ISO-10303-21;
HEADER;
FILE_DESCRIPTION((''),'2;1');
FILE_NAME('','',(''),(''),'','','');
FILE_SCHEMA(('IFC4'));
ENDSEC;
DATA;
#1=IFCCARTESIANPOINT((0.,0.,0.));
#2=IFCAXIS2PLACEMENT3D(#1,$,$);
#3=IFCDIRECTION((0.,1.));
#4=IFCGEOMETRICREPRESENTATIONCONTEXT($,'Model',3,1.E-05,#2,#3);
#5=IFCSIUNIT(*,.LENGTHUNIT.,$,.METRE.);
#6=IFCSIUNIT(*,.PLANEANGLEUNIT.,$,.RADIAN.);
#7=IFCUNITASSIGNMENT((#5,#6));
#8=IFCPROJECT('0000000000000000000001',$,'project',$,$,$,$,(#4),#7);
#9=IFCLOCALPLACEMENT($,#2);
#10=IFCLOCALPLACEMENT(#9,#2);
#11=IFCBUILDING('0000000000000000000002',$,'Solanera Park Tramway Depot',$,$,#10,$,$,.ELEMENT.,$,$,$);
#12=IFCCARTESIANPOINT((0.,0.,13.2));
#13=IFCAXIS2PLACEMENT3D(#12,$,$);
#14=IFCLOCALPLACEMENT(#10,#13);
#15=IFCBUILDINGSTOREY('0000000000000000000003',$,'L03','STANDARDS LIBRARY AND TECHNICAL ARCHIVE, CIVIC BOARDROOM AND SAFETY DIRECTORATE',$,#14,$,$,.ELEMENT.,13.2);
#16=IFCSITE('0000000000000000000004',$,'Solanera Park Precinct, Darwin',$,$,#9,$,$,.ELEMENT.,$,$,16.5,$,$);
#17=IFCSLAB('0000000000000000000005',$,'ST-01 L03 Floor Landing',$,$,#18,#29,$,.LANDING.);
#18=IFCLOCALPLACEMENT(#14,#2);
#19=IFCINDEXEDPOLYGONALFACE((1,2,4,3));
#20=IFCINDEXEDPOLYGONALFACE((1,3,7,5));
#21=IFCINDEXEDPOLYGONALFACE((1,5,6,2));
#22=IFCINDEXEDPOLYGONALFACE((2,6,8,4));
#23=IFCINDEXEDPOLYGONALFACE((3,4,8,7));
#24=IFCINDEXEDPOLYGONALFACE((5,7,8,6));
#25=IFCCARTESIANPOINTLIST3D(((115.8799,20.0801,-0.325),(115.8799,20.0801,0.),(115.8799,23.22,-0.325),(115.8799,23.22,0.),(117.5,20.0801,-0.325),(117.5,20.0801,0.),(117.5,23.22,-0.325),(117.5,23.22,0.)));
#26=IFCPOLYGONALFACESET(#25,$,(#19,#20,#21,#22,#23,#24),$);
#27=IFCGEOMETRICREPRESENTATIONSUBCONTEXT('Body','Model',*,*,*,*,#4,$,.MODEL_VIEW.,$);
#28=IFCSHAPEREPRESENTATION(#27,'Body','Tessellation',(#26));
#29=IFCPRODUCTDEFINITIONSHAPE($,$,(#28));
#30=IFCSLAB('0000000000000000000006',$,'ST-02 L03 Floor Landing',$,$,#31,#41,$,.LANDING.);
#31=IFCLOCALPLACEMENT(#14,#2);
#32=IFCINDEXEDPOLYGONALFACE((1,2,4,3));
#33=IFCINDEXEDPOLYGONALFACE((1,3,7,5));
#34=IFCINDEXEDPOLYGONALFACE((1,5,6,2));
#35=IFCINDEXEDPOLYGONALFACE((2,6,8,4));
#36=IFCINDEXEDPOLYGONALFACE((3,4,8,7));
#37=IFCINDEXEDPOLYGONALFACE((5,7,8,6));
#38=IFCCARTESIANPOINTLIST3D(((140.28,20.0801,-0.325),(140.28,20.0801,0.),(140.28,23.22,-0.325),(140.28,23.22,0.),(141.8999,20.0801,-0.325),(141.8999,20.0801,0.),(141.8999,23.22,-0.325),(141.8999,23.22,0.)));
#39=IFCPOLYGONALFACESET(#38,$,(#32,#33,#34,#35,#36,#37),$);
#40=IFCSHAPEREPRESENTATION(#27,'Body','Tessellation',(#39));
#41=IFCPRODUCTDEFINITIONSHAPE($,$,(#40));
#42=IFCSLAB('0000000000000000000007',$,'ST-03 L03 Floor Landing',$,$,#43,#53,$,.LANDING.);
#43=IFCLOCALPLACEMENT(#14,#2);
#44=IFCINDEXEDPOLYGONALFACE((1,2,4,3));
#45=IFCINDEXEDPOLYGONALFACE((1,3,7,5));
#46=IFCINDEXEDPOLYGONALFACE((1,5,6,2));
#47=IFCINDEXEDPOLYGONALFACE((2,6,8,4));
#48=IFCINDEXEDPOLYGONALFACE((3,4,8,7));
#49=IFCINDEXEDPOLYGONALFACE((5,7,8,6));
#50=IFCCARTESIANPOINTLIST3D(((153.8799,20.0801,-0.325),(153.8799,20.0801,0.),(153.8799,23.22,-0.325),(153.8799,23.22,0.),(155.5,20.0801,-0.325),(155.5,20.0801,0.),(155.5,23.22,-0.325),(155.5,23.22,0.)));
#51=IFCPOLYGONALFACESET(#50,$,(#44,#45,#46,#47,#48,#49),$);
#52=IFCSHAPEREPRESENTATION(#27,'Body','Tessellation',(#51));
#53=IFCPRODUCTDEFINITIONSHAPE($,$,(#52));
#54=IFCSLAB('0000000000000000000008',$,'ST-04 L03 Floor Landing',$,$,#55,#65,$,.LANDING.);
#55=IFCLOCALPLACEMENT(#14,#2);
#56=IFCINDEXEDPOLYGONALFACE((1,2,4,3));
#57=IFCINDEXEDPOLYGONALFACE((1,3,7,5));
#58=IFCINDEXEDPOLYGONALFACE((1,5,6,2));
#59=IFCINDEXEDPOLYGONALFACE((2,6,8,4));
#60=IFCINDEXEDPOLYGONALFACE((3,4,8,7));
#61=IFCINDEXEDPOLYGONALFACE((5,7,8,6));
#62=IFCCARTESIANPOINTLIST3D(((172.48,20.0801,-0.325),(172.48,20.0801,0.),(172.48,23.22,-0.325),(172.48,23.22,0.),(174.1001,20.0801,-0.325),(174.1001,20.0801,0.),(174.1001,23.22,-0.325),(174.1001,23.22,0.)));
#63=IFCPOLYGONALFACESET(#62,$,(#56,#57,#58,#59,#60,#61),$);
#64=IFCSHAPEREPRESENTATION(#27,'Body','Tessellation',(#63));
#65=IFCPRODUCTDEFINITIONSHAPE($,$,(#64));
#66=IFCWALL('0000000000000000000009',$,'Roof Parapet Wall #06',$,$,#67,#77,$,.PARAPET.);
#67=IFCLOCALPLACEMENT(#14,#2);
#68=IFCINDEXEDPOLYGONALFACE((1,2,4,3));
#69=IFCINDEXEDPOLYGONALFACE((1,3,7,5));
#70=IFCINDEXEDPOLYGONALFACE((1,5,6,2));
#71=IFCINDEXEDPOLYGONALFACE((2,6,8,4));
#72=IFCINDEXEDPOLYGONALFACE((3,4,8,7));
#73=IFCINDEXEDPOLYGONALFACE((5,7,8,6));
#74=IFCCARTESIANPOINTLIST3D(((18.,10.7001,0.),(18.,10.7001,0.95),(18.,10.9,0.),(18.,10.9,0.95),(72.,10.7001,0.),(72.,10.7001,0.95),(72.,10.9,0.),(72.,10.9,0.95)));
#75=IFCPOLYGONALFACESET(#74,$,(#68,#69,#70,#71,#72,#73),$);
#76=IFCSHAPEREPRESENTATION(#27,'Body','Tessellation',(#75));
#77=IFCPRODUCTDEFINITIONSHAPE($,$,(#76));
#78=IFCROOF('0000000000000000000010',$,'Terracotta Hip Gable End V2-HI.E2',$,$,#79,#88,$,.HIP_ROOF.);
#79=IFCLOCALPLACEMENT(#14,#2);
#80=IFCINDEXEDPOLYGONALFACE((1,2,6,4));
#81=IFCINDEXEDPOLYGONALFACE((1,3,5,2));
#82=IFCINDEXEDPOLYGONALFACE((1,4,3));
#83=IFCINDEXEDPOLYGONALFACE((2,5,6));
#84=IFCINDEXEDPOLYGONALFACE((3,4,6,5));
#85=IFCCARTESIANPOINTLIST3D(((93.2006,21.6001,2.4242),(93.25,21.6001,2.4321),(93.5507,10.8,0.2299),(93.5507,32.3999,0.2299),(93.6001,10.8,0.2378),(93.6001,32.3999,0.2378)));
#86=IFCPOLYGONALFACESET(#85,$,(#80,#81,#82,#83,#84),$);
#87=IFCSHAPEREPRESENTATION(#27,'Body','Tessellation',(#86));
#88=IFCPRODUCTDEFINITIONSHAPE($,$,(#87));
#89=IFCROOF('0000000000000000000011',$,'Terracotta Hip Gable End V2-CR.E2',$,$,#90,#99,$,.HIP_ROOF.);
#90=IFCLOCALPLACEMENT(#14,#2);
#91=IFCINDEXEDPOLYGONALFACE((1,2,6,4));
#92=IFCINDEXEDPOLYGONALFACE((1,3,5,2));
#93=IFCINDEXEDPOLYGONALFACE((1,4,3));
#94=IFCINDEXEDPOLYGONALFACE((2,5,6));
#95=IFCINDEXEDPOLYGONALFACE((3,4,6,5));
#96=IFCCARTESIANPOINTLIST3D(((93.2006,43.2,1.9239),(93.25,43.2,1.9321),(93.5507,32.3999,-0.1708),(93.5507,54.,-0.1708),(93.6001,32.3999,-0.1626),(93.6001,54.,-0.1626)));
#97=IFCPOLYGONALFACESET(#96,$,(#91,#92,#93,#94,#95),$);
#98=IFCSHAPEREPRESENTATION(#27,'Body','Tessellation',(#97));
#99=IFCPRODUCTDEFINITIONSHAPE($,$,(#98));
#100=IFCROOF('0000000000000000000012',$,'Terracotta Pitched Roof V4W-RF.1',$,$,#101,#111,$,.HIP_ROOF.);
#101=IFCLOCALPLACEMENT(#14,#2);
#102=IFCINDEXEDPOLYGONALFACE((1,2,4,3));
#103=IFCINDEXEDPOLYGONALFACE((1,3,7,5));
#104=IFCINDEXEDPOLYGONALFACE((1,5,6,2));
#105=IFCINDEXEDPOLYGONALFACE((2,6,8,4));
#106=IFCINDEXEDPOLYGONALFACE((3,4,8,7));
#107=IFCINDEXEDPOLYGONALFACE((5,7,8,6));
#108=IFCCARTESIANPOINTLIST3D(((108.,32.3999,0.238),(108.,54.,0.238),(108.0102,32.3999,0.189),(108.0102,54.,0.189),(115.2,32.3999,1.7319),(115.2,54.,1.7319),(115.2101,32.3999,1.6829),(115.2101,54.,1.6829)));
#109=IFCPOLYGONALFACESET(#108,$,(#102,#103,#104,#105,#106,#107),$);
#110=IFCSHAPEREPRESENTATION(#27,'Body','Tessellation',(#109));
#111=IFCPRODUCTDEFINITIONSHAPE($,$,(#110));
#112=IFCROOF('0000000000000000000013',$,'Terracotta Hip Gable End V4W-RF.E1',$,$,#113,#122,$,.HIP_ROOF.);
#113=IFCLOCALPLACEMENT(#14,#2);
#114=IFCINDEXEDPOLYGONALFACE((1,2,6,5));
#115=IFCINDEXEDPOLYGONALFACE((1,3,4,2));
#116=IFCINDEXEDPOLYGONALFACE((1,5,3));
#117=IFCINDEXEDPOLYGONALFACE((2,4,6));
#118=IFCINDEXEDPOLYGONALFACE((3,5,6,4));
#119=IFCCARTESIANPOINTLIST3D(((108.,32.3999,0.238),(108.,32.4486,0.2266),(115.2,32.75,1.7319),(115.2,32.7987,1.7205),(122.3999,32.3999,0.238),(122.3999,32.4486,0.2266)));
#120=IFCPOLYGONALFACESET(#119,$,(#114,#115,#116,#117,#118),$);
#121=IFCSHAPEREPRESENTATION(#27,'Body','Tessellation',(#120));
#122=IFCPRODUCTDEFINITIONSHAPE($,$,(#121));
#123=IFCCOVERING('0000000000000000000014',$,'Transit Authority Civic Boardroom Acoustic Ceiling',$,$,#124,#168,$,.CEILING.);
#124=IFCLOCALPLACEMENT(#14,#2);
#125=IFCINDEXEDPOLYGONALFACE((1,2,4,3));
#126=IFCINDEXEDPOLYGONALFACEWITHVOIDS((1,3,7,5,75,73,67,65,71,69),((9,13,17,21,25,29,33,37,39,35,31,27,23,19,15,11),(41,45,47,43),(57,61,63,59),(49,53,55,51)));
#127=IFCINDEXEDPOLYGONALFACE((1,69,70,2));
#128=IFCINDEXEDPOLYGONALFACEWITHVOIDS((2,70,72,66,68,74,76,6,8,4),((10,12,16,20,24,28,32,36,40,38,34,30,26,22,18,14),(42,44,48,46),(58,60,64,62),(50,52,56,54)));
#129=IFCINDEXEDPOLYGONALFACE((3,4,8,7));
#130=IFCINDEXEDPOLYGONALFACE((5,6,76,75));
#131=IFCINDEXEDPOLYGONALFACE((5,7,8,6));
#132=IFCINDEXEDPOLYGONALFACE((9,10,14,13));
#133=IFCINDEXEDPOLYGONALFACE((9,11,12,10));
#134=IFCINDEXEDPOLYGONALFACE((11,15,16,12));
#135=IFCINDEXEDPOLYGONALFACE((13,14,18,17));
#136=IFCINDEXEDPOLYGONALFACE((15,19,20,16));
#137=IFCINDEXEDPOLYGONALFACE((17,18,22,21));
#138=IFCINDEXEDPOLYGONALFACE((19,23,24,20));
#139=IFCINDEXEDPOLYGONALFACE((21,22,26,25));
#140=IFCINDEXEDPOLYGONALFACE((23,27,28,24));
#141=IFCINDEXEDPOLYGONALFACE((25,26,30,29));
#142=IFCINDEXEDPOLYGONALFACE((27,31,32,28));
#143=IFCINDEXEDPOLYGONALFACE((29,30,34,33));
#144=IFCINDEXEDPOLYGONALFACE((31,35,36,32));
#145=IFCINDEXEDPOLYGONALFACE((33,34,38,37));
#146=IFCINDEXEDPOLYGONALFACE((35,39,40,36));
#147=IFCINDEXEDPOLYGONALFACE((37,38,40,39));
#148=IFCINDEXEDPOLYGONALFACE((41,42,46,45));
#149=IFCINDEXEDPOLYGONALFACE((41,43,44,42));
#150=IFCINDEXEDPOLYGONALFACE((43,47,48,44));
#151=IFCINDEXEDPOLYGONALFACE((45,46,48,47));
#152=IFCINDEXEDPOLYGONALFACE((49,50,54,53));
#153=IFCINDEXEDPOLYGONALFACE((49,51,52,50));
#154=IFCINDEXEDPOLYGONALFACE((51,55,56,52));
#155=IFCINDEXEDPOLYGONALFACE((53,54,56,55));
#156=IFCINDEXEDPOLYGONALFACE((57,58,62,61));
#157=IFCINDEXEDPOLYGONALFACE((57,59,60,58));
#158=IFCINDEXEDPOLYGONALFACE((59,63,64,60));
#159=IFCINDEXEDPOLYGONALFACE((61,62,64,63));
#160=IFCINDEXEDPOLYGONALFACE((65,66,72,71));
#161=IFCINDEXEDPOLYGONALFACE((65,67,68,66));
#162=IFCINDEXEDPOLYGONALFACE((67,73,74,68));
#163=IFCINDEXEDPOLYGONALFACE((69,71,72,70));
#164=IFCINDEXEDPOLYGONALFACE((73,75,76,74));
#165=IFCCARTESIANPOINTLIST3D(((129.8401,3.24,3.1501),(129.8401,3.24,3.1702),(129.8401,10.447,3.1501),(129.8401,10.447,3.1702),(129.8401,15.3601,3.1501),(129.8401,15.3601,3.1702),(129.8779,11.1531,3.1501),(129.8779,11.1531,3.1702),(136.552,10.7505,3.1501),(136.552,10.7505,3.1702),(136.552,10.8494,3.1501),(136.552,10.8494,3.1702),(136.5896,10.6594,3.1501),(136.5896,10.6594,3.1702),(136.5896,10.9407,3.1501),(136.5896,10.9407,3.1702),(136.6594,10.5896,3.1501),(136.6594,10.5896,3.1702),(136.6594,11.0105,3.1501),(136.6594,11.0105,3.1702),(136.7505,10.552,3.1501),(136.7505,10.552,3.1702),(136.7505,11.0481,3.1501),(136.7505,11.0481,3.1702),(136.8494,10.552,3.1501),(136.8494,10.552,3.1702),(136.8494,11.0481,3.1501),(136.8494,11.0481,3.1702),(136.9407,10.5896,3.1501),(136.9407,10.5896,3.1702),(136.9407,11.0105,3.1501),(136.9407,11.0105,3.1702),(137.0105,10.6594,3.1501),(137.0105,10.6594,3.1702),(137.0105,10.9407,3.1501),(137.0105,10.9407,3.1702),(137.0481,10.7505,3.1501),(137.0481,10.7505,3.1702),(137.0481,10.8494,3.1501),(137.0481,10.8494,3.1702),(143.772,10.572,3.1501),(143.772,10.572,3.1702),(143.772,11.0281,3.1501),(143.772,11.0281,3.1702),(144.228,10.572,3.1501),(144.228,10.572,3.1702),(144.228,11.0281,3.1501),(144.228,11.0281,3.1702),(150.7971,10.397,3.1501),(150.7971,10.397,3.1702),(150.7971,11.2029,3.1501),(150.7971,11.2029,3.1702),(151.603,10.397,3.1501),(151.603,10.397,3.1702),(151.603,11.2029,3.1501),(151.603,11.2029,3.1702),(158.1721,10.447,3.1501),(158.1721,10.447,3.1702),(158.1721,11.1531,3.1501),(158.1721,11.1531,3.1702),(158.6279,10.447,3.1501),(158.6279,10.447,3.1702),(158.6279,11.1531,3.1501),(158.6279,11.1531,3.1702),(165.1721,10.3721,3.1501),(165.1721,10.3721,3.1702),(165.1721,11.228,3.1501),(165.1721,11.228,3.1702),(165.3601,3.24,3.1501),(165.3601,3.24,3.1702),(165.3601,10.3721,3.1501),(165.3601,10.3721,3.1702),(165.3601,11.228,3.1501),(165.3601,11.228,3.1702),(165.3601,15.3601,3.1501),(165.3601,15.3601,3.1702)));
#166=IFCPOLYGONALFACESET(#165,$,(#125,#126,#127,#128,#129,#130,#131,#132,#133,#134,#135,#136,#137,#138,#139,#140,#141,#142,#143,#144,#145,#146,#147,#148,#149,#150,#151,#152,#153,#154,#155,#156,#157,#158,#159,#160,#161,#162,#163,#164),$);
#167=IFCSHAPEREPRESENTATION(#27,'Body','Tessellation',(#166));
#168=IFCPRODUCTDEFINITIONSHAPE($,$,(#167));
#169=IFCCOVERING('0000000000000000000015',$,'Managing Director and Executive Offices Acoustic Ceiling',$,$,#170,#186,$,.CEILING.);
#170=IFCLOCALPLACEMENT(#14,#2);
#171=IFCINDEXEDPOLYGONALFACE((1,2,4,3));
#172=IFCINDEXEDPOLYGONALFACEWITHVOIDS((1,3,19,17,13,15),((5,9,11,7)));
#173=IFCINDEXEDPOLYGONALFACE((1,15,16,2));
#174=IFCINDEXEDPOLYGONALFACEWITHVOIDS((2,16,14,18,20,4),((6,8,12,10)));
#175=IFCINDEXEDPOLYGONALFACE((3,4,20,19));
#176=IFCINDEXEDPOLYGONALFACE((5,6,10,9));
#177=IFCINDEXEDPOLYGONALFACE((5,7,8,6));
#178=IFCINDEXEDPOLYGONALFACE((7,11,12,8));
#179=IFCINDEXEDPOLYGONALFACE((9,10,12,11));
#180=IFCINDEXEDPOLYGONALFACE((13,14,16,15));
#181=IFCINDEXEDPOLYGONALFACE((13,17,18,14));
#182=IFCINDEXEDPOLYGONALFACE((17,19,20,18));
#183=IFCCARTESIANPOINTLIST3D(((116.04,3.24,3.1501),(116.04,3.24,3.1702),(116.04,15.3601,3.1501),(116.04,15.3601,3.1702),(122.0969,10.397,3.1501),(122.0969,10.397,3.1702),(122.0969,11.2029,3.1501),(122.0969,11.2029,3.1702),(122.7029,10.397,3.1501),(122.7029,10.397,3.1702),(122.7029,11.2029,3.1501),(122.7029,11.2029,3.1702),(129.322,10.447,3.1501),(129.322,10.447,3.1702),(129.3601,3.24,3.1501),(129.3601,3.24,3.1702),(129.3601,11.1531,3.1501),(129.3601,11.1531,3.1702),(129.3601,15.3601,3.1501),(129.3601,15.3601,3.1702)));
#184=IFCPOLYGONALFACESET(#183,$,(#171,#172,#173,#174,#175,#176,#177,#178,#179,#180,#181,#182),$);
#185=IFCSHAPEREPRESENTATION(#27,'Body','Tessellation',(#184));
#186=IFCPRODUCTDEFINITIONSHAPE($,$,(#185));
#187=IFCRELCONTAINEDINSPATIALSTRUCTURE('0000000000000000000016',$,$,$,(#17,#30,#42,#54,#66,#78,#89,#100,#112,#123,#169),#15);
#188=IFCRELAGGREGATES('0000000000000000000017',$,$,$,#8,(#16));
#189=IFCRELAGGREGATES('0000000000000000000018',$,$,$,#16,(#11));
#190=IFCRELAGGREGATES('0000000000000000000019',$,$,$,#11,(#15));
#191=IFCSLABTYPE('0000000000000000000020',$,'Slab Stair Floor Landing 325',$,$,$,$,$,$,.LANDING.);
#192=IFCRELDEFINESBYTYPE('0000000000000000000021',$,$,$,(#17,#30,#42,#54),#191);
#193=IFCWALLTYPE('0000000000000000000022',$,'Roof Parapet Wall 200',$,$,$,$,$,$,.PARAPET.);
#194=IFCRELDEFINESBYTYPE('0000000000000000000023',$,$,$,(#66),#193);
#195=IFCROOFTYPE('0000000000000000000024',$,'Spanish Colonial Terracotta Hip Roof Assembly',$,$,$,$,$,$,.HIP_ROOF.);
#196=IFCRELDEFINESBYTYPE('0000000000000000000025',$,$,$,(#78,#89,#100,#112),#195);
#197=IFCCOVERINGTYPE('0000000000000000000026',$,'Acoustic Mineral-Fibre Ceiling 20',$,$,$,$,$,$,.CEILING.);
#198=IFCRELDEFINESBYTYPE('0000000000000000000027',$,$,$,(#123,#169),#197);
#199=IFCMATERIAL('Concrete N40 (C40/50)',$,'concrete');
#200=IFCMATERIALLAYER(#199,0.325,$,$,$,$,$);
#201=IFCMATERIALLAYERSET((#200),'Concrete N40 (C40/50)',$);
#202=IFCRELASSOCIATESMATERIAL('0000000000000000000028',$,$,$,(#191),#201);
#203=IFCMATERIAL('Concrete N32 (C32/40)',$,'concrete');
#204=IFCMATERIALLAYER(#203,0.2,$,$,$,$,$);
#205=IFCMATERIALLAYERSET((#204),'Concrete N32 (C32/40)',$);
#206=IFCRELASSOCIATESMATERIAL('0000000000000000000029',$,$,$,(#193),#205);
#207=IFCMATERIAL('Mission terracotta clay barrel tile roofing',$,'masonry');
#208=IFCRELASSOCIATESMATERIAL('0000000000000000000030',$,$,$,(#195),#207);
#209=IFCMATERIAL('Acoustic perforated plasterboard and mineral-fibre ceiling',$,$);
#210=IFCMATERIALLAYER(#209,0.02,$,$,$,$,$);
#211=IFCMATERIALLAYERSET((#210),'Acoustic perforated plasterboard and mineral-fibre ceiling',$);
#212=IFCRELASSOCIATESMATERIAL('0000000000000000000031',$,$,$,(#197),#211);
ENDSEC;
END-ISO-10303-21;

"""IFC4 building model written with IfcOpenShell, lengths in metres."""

from ifc_helpers import new_model, si_unit, direction, frame, frame_2d, origin, place, context, subcontext, project, spatial, polyline, rectangle, outline, extrude, material, layer, layer_set, type_object, element, save


model = new_model("IFC4")

# Units and contexts
model_context = context("Model", 3, precision=1e-05, world=origin(), true_north=direction((0.0, 1.0)))
body_context = subcontext(model_context, "Body", "Model", "MODEL_VIEW")
ifc_project = project(units=[si_unit("LENGTHUNIT", "METRE"), si_unit("PLANEANGLEUNIT", "RADIAN")], contexts=[model_context])

# Site, building, storey
site_placement = place(None, origin())
site = spatial("IfcSite", under=ifc_project, at=site_placement, Name="Solanera Park Precinct, Darwin", CompositionType="ELEMENT", RefElevation=16.5)
building_placement = place(site_placement, origin())
building = spatial("IfcBuilding", under=site, at=building_placement, Name="Solanera Park Tramway Depot", CompositionType="ELEMENT")
storey_placement = place(building_placement, frame((0.0, 0.0, 13.2)))
storey = spatial("IfcBuildingStorey", under=building, at=storey_placement, Name="L03", Description="STANDARDS LIBRARY AND TECHNICAL ARCHIVE, CIVIC BOARDROOM AND SAFETY DIRECTORATE", CompositionType="ELEMENT", Elevation=13.2)

# Slabs
ifc_material_1 = material(Name="Concrete N40 (C40/50)", Category="concrete")
ifc_layer_1 = layer(ifc_material_1, 0.325)
ifc_layer_set_1 = layer_set([ifc_layer_1], Name="Concrete N40 (C40/50)")
slab_type_1 = type_object("IfcSlabType", Name="Slab Stair Floor Landing 325", PredefinedType="LANDING", material=ifc_layer_set_1)
slab_1_placement = place(storey_placement, frame((0.0, 0.0, -0.325)))
element("IfcSlab", 1, at=slab_1_placement, inside=storey, type_object=slab_type_1, Name="ST-01 L03 Floor Landing", PredefinedType="LANDING", context=body_context, shape_type="SweptSolid", body=[
    extrude(outline(polyline([(115.8799, 20.0801), (117.5, 20.0801), (117.5, 23.22), (115.8799, 23.22), (115.8799, 20.0801)])), origin(), (0.0, 0.0, 1.0), 0.325),
])
slab_2_placement = place(storey_placement, frame((0.0, 0.0, -0.325)))
element("IfcSlab", 2, at=slab_2_placement, inside=storey, type_object=slab_type_1, Name="ST-02 L03 Floor Landing", PredefinedType="LANDING", context=body_context, shape_type="SweptSolid", body=[
    extrude(outline(polyline([(140.28, 20.0801), (141.8999, 20.0801), (141.8999, 23.22), (140.28, 23.22), (140.28, 20.0801)])), origin(), (0.0, 0.0, 1.0), 0.325),
])
slab_3_placement = place(storey_placement, frame((0.0, 0.0, -0.325)))
element("IfcSlab", 3, at=slab_3_placement, inside=storey, type_object=slab_type_1, Name="ST-03 L03 Floor Landing", PredefinedType="LANDING", context=body_context, shape_type="SweptSolid", body=[
    extrude(outline(polyline([(153.8799, 20.0801), (155.5, 20.0801), (155.5, 23.22), (153.8799, 23.22), (153.8799, 20.0801)])), origin(), (0.0, 0.0, 1.0), 0.325),
])
slab_4_placement = place(storey_placement, frame((0.0, 0.0, -0.325)))
element("IfcSlab", 4, at=slab_4_placement, inside=storey, type_object=slab_type_1, Name="ST-04 L03 Floor Landing", PredefinedType="LANDING", context=body_context, shape_type="SweptSolid", body=[
    extrude(outline(polyline([(172.48, 20.0801), (174.1001, 20.0801), (174.1001, 23.22), (172.48, 23.22), (172.48, 20.0801)])), origin(), (0.0, 0.0, 1.0), 0.325),
])

# Wall
ifc_material_2 = material(Name="Concrete N32 (C32/40)", Category="concrete")
ifc_layer_2 = layer(ifc_material_2, 0.2)
ifc_layer_set_2 = layer_set([ifc_layer_2], Name="Concrete N32 (C32/40)")
wall_type = type_object("IfcWallType", Name="Roof Parapet Wall 200", PredefinedType="PARAPET", material=ifc_layer_set_2)
wall_placement = place(storey_placement, frame((18.0, 10.8, 0.0), z_axis=(0.0, 0.0, 1.0), x_axis=(1.0, 0.0, 0.0)))
element("IfcWall", 5, at=wall_placement, inside=storey, type_object=wall_type, Name="Roof Parapet Wall #06", PredefinedType="PARAPET", context=body_context, shape_type="SweptSolid", body=[
    extrude(rectangle(XDim=54.0, YDim=0.2, at=frame_2d((27.0, 0.0))), origin(), (0.0, 0.0, 1.0), 0.95),
])

# Roofs
ifc_material_3 = material(Name="Mission terracotta clay barrel tile roofing", Category="masonry")
roof_type = type_object("IfcRoofType", Name="Spanish Colonial Terracotta Hip Roof Assembly", PredefinedType="HIP_ROOF", material=ifc_material_3)
roof_1_placement = place(storey_placement, frame((93.6001, 10.8, 0.2378), z_axis=(0.98751, 0.0, 0.157553), x_axis=(0.0, 1.0, 0.0)))
element("IfcRoof", 6, at=roof_1_placement, inside=storey, type_object=roof_type, Name="Terracotta Hip Gable End V2-HI.E2", PredefinedType="HIP_ROOF", context=body_context, shape_type="SweptSolid", body=[
    extrude(outline(polyline([(0.0, 0.0), (21.5999, 0.0), (10.8, 2.2221), (0.0, 0.0)])), origin(), (0.0, 0.0, -1.0), 0.05),
])
roof_2_placement = place(storey_placement, frame((93.6001, 32.3999, -0.1626), z_axis=(0.986319, 0.0, 0.164846), x_axis=(0.0, 1.0, 0.0)))
element("IfcRoof", 7, at=roof_2_placement, inside=storey, type_object=roof_type, Name="Terracotta Hip Gable End V2-CR.E2", PredefinedType="HIP_ROOF", context=body_context, shape_type="SweptSolid", body=[
    extrude(outline(polyline([(0.0, 0.0), (21.6001, 0.0), (10.8, 2.1238), (0.0, 0.0)])), origin(), (0.0, 0.0, -1.0), 0.05),
])
roof_3_placement = place(storey_placement, frame((108.0, 32.3999, 0.238), z_axis=(-0.20316, 0.0, 0.979146), x_axis=(0.979146, 0.0, 0.20316)))
element("IfcRoof", 8, at=roof_3_placement, inside=storey, type_object=roof_type, Name="Terracotta Pitched Roof V4W-RF.1", PredefinedType="HIP_ROOF", context=body_context, shape_type="SweptSolid", body=[
    extrude(outline(polyline([(0.0, 0.0), (7.3533, 0.0), (7.3533, 21.6001), (0.0, 21.6001), (0.0, 0.0)])), origin(), (0.0, 0.0, -1.0), 0.05),
])
roof_4_placement = place(storey_placement, frame((108.0, 32.3999, 0.238), z_axis=(0.0, -0.973621, 0.22817), x_axis=(1.0, 0.0, 0.0)))
element("IfcRoof", 9, at=roof_4_placement, inside=storey, type_object=roof_type, Name="Terracotta Hip Gable End V4W-RF.E1", PredefinedType="HIP_ROOF", context=body_context, shape_type="SweptSolid", body=[
    extrude(outline(polyline([(0.0, 0.0), (14.3999, 0.0), (7.2, 1.5344), (0.0, 0.0)])), origin(), (0.0, 0.0, -1.0), 0.05),
])

# Coverings
ifc_material_4 = material(Name="Acoustic perforated plasterboard and mineral-fibre ceiling")
ifc_layer_3 = layer(ifc_material_4, 0.02)
ifc_layer_set_3 = layer_set([ifc_layer_3], Name="Acoustic perforated plasterboard and mineral-fibre ceiling")
covering_type_1 = type_object("IfcCoveringType", Name="Acoustic Mineral-Fibre Ceiling 20", PredefinedType="CEILING", material=ifc_layer_set_3)
covering_1_placement = place(storey_placement, frame((0.0, 0.0, 3.1501)))
element("IfcCovering", 10, at=covering_1_placement, inside=storey, type_object=covering_type_1, Name="Transit Authority Civic Boardroom Acoustic Ceiling", PredefinedType="CEILING", context=body_context, shape_type="SweptSolid", body=[
    extrude(outline(polyline([(129.8401, 15.3601), (165.3601, 15.3601), (165.3601, 11.228), (165.1721, 11.228), (165.1721, 10.3721), (165.3601, 10.3721), (165.3601, 3.24), (129.8401, 3.24), (129.8401, 10.447), (129.8779, 11.1531), (129.8401, 15.3601)]), holes=[polyline([(136.9407, 11.0105), (136.8494, 11.0481), (136.7505, 11.0481), (136.6594, 11.0105), (136.5896, 10.9407), (136.552, 10.8494), (136.552, 10.7505), (136.5896, 10.6594), (136.6594, 10.5896), (136.7505, 10.552), (136.8494, 10.552), (136.9407, 10.5896), (137.0105, 10.6594), (137.0481, 10.7505), (137.0481, 10.8494), (137.0105, 10.9407), (136.9407, 11.0105)]), polyline([(143.772, 10.572), (144.228, 10.572), (144.228, 11.0281), (143.772, 11.0281), (143.772, 10.572)]), polyline([(150.7971, 11.2029), (150.7971, 10.397), (151.603, 10.397), (151.603, 11.2029), (150.7971, 11.2029)]), polyline([(158.6279, 11.1531), (158.1721, 11.1531), (158.1721, 10.447), (158.6279, 10.447), (158.6279, 11.1531)])]), origin(), (0.0, 0.0, 1.0), 0.02),
])
covering_2_placement = place(storey_placement, frame((0.0, 0.0, 3.1501)))
element("IfcCovering", 11, at=covering_2_placement, inside=storey, type_object=covering_type_1, Name="Managing Director and Executive Offices Acoustic Ceiling", PredefinedType="CEILING", context=body_context, shape_type="SweptSolid", body=[
    extrude(outline(polyline([(116.04, 15.3601), (129.3601, 15.3601), (129.3601, 11.1531), (129.322, 10.447), (129.3601, 3.24), (116.04, 3.24), (116.04, 15.3601)]), holes=[polyline([(122.7029, 11.2029), (122.0969, 11.2029), (122.0969, 10.397), (122.7029, 10.397), (122.7029, 11.2029)])]), origin(), (0.0, 0.0, 1.0), 0.02),
])

save(model, "model.ifc")
